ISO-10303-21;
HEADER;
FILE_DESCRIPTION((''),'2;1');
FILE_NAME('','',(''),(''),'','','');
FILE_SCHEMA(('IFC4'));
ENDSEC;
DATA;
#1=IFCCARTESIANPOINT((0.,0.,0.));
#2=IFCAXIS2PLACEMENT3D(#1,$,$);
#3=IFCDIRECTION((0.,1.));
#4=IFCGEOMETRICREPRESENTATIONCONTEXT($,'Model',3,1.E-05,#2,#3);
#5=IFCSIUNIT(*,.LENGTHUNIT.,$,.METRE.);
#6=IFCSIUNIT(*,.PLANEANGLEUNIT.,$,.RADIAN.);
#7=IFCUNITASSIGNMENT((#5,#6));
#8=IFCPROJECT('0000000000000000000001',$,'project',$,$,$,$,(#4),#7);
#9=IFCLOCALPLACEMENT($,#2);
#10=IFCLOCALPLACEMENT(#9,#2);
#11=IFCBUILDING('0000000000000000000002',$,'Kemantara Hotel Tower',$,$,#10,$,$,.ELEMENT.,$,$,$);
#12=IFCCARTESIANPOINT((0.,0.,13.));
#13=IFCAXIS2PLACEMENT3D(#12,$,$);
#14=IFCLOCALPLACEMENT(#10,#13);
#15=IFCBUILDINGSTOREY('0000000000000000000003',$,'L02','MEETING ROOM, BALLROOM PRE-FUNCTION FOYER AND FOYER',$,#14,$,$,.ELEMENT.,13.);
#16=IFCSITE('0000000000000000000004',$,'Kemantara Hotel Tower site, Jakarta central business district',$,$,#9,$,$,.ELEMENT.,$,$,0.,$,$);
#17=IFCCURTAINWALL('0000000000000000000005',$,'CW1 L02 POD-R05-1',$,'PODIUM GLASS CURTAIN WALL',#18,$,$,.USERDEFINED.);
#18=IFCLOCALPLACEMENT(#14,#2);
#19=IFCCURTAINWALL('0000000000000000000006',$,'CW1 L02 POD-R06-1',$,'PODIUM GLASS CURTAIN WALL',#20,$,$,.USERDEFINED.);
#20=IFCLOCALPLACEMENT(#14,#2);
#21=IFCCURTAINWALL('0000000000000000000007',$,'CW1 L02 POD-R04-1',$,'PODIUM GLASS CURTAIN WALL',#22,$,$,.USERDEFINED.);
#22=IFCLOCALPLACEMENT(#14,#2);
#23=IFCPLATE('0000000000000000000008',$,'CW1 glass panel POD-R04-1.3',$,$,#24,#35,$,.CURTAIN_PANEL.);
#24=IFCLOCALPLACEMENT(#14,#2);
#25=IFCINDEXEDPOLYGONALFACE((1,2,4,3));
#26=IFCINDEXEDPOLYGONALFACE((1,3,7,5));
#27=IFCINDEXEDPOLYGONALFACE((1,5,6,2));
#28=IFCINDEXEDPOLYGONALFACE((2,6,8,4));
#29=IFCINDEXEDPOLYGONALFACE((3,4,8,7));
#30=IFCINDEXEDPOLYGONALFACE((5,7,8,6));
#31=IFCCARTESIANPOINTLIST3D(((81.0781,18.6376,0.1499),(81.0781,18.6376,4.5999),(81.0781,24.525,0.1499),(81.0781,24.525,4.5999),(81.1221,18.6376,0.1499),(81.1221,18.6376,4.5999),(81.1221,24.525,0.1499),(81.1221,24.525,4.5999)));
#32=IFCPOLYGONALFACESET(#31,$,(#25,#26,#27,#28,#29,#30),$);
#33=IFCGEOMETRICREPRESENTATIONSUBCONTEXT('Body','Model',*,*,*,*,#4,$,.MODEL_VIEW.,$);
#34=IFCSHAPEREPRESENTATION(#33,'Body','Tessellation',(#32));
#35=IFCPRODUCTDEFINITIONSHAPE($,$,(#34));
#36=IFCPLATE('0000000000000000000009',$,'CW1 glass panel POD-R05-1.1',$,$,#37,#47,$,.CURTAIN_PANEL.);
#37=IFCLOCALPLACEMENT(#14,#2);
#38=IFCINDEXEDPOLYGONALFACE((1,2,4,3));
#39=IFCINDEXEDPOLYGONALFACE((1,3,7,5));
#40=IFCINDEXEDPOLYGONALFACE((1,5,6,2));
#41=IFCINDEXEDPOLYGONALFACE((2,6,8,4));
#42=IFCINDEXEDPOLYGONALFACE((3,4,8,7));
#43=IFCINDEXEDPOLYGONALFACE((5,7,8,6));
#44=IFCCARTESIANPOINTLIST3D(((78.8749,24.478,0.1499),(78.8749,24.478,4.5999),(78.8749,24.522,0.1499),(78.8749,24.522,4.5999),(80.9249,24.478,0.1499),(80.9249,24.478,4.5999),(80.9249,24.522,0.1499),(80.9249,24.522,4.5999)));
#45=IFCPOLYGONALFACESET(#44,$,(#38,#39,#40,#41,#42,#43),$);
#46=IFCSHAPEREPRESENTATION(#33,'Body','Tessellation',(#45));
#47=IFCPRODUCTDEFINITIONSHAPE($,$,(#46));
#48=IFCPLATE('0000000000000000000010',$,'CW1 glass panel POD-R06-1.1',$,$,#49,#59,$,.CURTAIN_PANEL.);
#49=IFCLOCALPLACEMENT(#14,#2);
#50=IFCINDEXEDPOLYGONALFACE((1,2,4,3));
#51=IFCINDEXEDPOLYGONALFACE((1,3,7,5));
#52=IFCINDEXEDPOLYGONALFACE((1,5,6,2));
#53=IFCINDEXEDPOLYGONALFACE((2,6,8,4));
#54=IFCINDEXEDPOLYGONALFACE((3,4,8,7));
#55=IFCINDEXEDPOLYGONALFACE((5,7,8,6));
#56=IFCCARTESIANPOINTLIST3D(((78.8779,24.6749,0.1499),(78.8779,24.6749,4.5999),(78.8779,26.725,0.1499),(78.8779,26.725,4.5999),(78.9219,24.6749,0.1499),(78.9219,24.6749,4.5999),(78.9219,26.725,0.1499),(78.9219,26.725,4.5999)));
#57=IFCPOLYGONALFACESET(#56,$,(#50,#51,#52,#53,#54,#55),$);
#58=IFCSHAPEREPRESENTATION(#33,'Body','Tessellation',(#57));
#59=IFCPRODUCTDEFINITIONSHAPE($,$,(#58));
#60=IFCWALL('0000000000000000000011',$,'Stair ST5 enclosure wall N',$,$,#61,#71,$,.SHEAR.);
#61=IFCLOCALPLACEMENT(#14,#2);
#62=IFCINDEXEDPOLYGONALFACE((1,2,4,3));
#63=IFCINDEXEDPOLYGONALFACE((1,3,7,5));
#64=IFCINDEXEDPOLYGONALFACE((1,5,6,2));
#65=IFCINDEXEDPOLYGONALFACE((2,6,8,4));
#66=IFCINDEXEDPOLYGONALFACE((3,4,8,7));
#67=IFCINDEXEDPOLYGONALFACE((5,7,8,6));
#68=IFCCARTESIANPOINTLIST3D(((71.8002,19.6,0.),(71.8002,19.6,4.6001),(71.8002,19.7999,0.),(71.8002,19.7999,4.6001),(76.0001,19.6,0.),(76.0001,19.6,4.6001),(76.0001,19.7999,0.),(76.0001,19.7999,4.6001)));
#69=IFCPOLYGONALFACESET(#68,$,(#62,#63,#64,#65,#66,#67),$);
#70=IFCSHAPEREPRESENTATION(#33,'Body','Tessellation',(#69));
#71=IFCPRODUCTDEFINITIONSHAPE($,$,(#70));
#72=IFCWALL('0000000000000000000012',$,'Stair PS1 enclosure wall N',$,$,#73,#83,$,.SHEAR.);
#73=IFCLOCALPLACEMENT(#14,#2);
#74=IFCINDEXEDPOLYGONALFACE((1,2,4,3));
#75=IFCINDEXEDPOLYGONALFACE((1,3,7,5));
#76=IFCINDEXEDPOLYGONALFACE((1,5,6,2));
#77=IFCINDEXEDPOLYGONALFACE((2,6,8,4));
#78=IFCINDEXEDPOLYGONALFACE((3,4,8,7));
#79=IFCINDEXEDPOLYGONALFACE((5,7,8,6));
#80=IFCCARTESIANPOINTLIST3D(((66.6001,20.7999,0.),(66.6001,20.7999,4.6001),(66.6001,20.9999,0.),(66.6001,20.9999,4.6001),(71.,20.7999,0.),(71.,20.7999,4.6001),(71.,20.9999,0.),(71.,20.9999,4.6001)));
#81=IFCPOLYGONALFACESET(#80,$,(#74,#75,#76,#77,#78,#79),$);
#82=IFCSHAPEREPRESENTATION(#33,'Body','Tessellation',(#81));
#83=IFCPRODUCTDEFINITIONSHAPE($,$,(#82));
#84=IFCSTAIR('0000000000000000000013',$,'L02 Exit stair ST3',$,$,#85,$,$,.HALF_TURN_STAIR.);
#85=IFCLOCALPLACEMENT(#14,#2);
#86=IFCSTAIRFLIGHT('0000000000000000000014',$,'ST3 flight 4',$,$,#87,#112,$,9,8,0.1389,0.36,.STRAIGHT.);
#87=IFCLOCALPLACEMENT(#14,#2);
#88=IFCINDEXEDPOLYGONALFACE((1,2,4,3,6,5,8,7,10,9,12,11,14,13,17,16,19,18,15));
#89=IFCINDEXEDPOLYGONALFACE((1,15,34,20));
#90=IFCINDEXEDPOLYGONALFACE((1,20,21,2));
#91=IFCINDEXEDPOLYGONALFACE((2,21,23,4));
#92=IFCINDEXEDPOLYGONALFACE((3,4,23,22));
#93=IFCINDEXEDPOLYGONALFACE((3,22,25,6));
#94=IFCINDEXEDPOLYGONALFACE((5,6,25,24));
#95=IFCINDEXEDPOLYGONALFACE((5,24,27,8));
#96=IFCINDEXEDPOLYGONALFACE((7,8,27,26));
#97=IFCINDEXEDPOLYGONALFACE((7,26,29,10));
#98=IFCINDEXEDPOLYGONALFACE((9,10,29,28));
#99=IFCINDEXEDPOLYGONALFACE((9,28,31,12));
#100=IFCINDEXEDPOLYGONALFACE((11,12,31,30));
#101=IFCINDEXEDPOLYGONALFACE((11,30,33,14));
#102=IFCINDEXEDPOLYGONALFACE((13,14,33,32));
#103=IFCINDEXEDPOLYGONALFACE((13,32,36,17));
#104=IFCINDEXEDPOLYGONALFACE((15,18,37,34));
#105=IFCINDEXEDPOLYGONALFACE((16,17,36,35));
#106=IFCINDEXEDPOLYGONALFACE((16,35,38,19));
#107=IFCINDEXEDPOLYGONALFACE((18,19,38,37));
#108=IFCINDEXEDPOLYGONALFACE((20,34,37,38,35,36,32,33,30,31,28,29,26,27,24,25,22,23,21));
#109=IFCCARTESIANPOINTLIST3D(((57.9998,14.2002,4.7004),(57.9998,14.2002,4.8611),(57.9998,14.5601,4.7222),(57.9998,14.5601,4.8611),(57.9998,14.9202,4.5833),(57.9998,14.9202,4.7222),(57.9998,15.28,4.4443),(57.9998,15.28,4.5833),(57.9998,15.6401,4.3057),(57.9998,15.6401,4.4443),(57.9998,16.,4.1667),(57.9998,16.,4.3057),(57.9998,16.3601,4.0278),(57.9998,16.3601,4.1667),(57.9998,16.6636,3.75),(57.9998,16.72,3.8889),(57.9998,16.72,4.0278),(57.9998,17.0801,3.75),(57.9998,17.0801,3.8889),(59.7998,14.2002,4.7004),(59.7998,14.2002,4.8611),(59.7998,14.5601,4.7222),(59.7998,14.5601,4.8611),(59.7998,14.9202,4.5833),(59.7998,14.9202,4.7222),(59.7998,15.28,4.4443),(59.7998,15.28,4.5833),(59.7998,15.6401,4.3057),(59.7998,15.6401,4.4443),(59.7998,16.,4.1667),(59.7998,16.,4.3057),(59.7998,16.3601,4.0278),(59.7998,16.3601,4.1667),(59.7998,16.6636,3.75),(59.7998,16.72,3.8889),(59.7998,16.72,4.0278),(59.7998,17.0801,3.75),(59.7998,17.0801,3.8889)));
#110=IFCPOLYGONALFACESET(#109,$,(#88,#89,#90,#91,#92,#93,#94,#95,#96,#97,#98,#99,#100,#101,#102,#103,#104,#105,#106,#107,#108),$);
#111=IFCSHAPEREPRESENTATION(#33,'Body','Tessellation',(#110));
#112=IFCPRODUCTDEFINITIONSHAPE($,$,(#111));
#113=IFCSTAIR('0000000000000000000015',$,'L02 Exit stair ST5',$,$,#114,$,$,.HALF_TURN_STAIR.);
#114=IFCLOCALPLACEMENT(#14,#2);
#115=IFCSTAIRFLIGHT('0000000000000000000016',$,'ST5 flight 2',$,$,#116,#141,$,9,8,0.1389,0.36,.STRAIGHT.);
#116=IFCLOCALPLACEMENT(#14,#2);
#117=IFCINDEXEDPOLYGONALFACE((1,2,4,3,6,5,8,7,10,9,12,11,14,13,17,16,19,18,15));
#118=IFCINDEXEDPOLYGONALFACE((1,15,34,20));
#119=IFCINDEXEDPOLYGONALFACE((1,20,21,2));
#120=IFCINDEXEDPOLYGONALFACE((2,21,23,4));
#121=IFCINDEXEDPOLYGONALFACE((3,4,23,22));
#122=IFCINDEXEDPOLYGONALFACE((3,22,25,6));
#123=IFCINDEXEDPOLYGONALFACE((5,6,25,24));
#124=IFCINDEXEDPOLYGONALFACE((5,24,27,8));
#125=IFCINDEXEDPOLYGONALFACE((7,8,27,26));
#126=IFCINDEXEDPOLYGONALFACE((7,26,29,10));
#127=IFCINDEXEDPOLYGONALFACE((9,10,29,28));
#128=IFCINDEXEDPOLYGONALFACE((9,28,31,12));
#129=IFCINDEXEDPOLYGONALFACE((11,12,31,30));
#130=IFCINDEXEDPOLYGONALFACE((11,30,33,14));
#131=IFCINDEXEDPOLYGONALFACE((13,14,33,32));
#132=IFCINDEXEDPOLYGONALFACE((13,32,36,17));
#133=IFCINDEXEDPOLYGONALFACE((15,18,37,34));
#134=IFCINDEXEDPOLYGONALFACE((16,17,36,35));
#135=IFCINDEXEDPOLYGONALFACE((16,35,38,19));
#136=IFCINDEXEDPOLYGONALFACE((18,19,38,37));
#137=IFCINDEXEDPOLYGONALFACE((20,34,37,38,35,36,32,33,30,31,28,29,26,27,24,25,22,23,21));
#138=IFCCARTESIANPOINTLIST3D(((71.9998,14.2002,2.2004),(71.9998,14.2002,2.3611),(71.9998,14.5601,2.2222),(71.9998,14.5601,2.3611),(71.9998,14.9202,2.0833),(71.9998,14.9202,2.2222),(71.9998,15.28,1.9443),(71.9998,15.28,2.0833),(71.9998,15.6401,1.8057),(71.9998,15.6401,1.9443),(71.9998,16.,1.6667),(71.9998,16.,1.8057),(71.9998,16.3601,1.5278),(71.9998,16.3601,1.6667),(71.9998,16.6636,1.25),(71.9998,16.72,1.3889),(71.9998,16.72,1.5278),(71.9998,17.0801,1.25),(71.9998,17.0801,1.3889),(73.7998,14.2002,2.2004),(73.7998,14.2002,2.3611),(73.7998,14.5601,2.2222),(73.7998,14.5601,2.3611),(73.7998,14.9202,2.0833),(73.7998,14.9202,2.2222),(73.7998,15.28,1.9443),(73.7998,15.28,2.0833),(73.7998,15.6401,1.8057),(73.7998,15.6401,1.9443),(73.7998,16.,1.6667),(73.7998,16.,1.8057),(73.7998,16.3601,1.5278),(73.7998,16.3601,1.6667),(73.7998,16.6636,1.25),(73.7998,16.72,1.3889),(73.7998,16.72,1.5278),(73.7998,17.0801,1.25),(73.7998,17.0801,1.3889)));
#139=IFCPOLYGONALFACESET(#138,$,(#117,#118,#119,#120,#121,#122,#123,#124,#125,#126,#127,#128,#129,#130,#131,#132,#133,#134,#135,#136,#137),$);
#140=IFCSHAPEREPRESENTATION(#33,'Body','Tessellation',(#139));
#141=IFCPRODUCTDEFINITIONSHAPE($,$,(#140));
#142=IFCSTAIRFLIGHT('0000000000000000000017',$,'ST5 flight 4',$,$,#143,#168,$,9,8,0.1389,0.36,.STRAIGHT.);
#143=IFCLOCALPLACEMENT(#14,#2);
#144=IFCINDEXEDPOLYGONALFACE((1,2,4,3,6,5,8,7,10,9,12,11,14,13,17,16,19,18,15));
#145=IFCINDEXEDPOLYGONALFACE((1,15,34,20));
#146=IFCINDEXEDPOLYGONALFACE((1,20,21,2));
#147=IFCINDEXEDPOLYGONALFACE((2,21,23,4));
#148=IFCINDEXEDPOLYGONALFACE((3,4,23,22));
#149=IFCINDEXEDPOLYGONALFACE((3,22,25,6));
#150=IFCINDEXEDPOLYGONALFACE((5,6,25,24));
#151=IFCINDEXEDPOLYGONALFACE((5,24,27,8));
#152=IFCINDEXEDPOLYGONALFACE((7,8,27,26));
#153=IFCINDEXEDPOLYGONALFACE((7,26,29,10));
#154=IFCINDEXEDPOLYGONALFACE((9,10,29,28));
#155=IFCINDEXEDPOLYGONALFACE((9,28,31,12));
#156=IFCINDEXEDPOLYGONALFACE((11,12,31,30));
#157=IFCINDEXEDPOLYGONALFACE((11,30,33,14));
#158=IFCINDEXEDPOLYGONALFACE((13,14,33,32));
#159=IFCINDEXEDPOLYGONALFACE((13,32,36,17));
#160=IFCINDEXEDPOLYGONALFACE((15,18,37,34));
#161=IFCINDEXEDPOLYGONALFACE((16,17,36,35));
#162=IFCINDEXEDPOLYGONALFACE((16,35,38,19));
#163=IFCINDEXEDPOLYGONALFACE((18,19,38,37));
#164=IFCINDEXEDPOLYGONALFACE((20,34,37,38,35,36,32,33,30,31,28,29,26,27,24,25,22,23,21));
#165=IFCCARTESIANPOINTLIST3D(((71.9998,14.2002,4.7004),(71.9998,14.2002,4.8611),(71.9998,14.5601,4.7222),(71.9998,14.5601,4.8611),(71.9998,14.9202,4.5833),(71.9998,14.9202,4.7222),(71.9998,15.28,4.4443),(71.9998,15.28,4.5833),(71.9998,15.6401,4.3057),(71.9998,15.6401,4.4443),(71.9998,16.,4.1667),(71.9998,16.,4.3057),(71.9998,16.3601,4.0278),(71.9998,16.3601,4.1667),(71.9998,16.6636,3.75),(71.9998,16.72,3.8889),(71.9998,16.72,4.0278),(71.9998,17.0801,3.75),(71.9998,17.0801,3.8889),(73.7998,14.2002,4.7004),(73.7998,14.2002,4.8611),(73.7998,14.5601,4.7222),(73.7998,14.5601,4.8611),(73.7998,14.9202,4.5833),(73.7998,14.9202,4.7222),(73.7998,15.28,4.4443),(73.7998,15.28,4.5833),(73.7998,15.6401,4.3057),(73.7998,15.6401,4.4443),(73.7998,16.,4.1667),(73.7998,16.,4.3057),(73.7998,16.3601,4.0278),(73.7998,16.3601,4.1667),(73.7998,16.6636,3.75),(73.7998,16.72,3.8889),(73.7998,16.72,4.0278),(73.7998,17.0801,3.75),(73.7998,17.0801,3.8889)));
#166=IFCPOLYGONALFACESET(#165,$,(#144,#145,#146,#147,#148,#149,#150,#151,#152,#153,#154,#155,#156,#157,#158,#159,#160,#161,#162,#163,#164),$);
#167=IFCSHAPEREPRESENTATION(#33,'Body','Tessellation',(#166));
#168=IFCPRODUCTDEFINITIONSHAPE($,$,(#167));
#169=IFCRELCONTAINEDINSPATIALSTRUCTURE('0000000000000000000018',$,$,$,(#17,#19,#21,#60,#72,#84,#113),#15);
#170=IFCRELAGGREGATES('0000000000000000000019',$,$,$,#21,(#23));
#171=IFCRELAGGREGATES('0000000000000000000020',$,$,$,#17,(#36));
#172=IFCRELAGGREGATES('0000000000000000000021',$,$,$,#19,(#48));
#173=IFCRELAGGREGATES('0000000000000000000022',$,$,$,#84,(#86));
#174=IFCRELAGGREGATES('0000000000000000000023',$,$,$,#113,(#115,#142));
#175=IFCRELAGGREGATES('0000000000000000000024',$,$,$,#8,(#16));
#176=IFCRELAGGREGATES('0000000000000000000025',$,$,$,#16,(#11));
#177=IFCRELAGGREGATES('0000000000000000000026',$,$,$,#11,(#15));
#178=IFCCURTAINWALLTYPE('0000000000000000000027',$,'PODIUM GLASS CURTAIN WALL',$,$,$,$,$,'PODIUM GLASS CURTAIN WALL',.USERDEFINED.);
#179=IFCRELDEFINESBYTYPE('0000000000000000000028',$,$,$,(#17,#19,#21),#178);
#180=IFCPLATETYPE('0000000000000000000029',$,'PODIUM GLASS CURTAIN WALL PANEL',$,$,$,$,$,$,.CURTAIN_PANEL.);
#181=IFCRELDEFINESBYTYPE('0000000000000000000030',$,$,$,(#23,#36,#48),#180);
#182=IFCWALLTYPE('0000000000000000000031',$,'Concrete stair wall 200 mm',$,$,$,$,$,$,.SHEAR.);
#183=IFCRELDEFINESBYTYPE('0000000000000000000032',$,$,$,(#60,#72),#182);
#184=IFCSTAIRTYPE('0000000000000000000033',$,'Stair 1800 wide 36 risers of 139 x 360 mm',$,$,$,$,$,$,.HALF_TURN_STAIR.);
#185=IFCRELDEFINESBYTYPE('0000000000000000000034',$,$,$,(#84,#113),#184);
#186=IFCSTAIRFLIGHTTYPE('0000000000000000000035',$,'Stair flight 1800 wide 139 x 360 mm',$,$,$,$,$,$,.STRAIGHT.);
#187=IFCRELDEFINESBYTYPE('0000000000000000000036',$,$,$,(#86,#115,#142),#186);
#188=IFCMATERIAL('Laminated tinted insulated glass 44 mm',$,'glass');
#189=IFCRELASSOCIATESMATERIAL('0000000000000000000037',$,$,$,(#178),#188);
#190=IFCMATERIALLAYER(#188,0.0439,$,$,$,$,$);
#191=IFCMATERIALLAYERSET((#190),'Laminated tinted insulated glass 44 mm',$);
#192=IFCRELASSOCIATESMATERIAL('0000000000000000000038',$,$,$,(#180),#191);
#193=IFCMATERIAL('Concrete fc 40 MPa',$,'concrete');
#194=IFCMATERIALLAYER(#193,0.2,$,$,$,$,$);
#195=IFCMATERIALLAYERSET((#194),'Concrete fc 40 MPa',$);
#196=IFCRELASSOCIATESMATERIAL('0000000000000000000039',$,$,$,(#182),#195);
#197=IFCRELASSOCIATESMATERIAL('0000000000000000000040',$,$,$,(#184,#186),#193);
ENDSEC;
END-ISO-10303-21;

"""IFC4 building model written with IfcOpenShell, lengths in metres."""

from ifc_helpers import new_model, si_unit, direction, frame, frame_2d, origin, origin_2d, place, context, subcontext, project, spatial, polyline, rectangle, outline, extrude, source, transform, mapped, material, layer, layer_set, type_object, element, aggregate, save


model = new_model("IFC4")

# Units and contexts
model_context = context("Model", 3, precision=1e-05, world=origin(), true_north=direction((0.0, 1.0)))
body_context = subcontext(model_context, "Body", "Model", "MODEL_VIEW")
ifc_project = project(units=[si_unit("LENGTHUNIT", "METRE"), si_unit("PLANEANGLEUNIT", "RADIAN")], contexts=[model_context])

# Site, building, storey
site_placement = place(None, origin())
site = spatial("IfcSite", under=ifc_project, at=site_placement, Name="Kemantara Hotel Tower site, Jakarta central business district", CompositionType="ELEMENT", RefElevation=0.0)
building_placement = place(site_placement, origin())
building = spatial("IfcBuilding", under=site, at=building_placement, Name="Kemantara Hotel Tower", CompositionType="ELEMENT")
storey_placement = place(building_placement, frame((0.0, 0.0, 13.0)))
storey = spatial("IfcBuildingStorey", under=building, at=storey_placement, Name="L02", Description="MEETING ROOM, BALLROOM PRE-FUNCTION FOYER AND FOYER", CompositionType="ELEMENT", Elevation=13.0)

# Curtain walls
ifc_material_1 = material(Name="Laminated tinted insulated glass 44 mm", Category="glass")
curtain_wall_type = type_object("IfcCurtainWallType", Name="PODIUM GLASS CURTAIN WALL", ElementType="PODIUM GLASS CURTAIN WALL", PredefinedType="USERDEFINED", material=ifc_material_1)
curtain_wall_1_placement = place(storey_placement, origin())
curtain_wall_1 = element("IfcCurtainWall", 1, at=curtain_wall_1_placement, inside=storey, type_object=curtain_wall_type, Name="CW1 L02 POD-R05-1", ObjectType="PODIUM GLASS CURTAIN WALL", PredefinedType="USERDEFINED")
curtain_wall_2_placement = place(storey_placement, origin())
curtain_wall_2 = element("IfcCurtainWall", 2, at=curtain_wall_2_placement, inside=storey, type_object=curtain_wall_type, Name="CW1 L02 POD-R06-1", ObjectType="PODIUM GLASS CURTAIN WALL", PredefinedType="USERDEFINED")

# Curtain wall
curtain_wall_3_placement = place(storey_placement, origin())
curtain_wall_3 = element("IfcCurtainWall", 3, at=curtain_wall_3_placement, inside=storey, type_object=curtain_wall_type, Name="CW1 L02 POD-R04-1", ObjectType="PODIUM GLASS CURTAIN WALL", PredefinedType="USERDEFINED")

# Plates
ifc_layer_1 = layer(ifc_material_1, 0.0439)
ifc_layer_set_1 = layer_set([ifc_layer_1], Name="Laminated tinted insulated glass 44 mm")
plate_type = type_object("IfcPlateType", Name="PODIUM GLASS CURTAIN WALL PANEL", PredefinedType="CURTAIN_PANEL", material=ifc_layer_set_1)
shared_shape_1 = source(origin(), body_context, "Body", "SweptSolid", [
    extrude(rectangle(XDim=5.8875, YDim=0.0439, at=origin_2d()), origin(), (0.0, 0.0, 1.0), 4.45),
])
plate_1_placement = place(storey_placement, frame((81.1001, 21.5813, 0.1499), z_axis=(0.0, 0.0, 1.0), x_axis=(0.0, 1.0, 0.0)))
plate_1 = element("IfcPlate", 4, at=plate_1_placement, type_object=plate_type, Name="CW1 glass panel POD-R04-1.3", PredefinedType="CURTAIN_PANEL", context=body_context, shape_type="MappedRepresentation", body=[
    mapped(shared_shape_1, transform((0.0, 0.0, 0.0))),
])
aggregate(curtain_wall_3, [plate_1])
shared_shape_2 = source(origin(), body_context, "Body", "SweptSolid", [
    extrude(rectangle(XDim=2.05, YDim=0.0439, at=origin_2d()), origin(), (0.0, 0.0, 1.0), 4.45),
])
plate_2_placement = place(storey_placement, frame((79.8999, 24.5, 0.1499), z_axis=(0.0, 0.0, 1.0), x_axis=(-1.0, 0.0, 0.0)))
plate_2 = element("IfcPlate", 5, at=plate_2_placement, type_object=plate_type, Name="CW1 glass panel POD-R05-1.1", PredefinedType="CURTAIN_PANEL", context=body_context, shape_type="MappedRepresentation", body=[
    mapped(shared_shape_2, transform((0.0, 0.0, 0.0))),
])
aggregate(curtain_wall_1, [plate_2])
plate_3_placement = place(storey_placement, frame((78.8999, 25.7, 0.1499), z_axis=(0.0, 0.0, 1.0), x_axis=(0.0, 1.0, 0.0)))
plate_3 = element("IfcPlate", 6, at=plate_3_placement, type_object=plate_type, Name="CW1 glass panel POD-R06-1.1", PredefinedType="CURTAIN_PANEL", context=body_context, shape_type="MappedRepresentation", body=[
    mapped(shared_shape_2, transform((0.0, 0.0, 0.0))),
])
aggregate(curtain_wall_2, [plate_3])

# Walls
ifc_material_2 = material(Name="Concrete fc 40 MPa", Category="concrete")
ifc_layer_2 = layer(ifc_material_2, 0.2)
ifc_layer_set_2 = layer_set([ifc_layer_2], Name="Concrete fc 40 MPa")
wall_type = type_object("IfcWallType", Name="Concrete stair wall 200 mm", PredefinedType="SHEAR", material=ifc_layer_set_2)
wall_1_placement = place(storey_placement, frame((71.8, 19.7, 0.0), z_axis=(0.0, 0.0, 1.0), x_axis=(1.0, 0.0, 0.0)))
element("IfcWall", 7, at=wall_1_placement, inside=storey, type_object=wall_type, Name="Stair ST5 enclosure wall N", PredefinedType="SHEAR", context=body_context, shape_type="SweptSolid", body=[
    extrude(rectangle(XDim=4.2, YDim=0.2, at=frame_2d((2.1001, 0.0))), origin(), (0.0, 0.0, 1.0), 4.6001),
])
wall_2_placement = place(storey_placement, frame((66.6001, 20.8999, 0.0), z_axis=(0.0, 0.0, 1.0), x_axis=(1.0, 0.0, 0.0)))
element("IfcWall", 8, at=wall_2_placement, inside=storey, type_object=wall_type, Name="Stair PS1 enclosure wall N", PredefinedType="SHEAR", context=body_context, shape_type="SweptSolid", body=[
    extrude(rectangle(XDim=4.3999, YDim=0.2, at=frame_2d((2.2, 0.0))), origin(), (0.0, 0.0, 1.0), 4.6001),
])

# Stair, stair flight
stair_type = type_object("IfcStairType", Name="Stair 1800 wide 36 risers of 139 x 360 mm", PredefinedType="HALF_TURN_STAIR", material=ifc_material_2)
stair_1_placement = place(storey_placement, origin())
stair_1 = element("IfcStair", 9, at=stair_1_placement, inside=storey, type_object=stair_type, Name="L02 Exit stair ST3", PredefinedType="HALF_TURN_STAIR")
stair_flight_type = type_object("IfcStairFlightType", Name="Stair flight 1800 wide 139 x 360 mm", PredefinedType="STRAIGHT", material=ifc_material_2)
stair_flight_1_placement = place(storey_placement, frame((58.8999, 17.0801, 3.75), z_axis=(0.0, 0.0, 1.0), x_axis=(0.0, -1.0, 0.0)))
stair_flight_1 = element("IfcStairFlight", 10, at=stair_flight_1_placement, type_object=stair_flight_type, Name="ST3 flight 4", NumberOfRisers=9, NumberOfTreads=8, PredefinedType="STRAIGHT", RiserHeight=0.1389, TreadLength=0.36, context=body_context, shape_type="SweptSolid", body=[
    extrude(outline(polyline([(0.0, 0.0), (0.0, 0.1389), (0.3601, 0.1389), (0.3601, 0.2778), (0.72, 0.2778), (0.72, 0.4167), (1.0801, 0.4167), (1.0801, 0.5557), (1.4399, 0.5557), (1.4399, 0.6943), (1.8, 0.6943), (1.8, 0.8333), (2.1599, 0.8333), (2.1599, 0.9722), (2.52, 0.9722), (2.52, 1.1111), (2.8799, 1.1111), (2.8799, 1.25), (2.8799, 0.9504), (0.4165, 0.0), (0.0, 0.0)])), frame((0.0, 0.8999, 0.0), z_axis=(0.0, -1.0, 0.0), x_axis=(1.0, 0.0, 0.0)), (0.0, 0.0, 1.0), 1.8),
])
aggregate(stair_1, [stair_flight_1])

# Stair, stair flights
stair_2_placement = place(storey_placement, origin())
stair_2 = element("IfcStair", 11, at=stair_2_placement, inside=storey, type_object=stair_type, Name="L02 Exit stair ST5", PredefinedType="HALF_TURN_STAIR")
stair_flight_2_placement = place(storey_placement, frame((72.8999, 17.0801, 1.25), z_axis=(0.0, 0.0, 1.0), x_axis=(0.0, -1.0, 0.0)))
stair_flight_2 = element("IfcStairFlight", 12, at=stair_flight_2_placement, type_object=stair_flight_type, Name="ST5 flight 2", NumberOfRisers=9, NumberOfTreads=8, PredefinedType="STRAIGHT", RiserHeight=0.1389, TreadLength=0.36, context=body_context, shape_type="SweptSolid", body=[
    extrude(outline(polyline([(0.0, 0.0), (0.0, 0.1389), (0.3601, 0.1389), (0.3601, 0.2778), (0.72, 0.2778), (0.72, 0.4167), (1.0801, 0.4167), (1.0801, 0.5557), (1.4399, 0.5557), (1.4399, 0.6943), (1.8, 0.6943), (1.8, 0.8333), (2.1599, 0.8333), (2.1599, 0.9722), (2.52, 0.9722), (2.52, 1.1111), (2.8799, 1.1111), (2.8799, 1.25), (2.8799, 0.9504), (0.4165, 0.0), (0.0, 0.0)])), frame((0.0, 0.8999, 0.0), z_axis=(0.0, -1.0, 0.0), x_axis=(1.0, 0.0, 0.0)), (0.0, 0.0, 1.0), 1.8),
])
stair_flight_3_placement = place(storey_placement, frame((72.8999, 17.0801, 3.75), z_axis=(0.0, 0.0, 1.0), x_axis=(0.0, -1.0, 0.0)))
stair_flight_3 = element("IfcStairFlight", 13, at=stair_flight_3_placement, type_object=stair_flight_type, Name="ST5 flight 4", NumberOfRisers=9, NumberOfTreads=8, PredefinedType="STRAIGHT", RiserHeight=0.1389, TreadLength=0.36, context=body_context, shape_type="SweptSolid", body=[
    extrude(outline(polyline([(0.0, 0.0), (0.0, 0.1389), (0.3601, 0.1389), (0.3601, 0.2778), (0.72, 0.2778), (0.72, 0.4167), (1.0801, 0.4167), (1.0801, 0.5557), (1.4399, 0.5557), (1.4399, 0.6943), (1.8, 0.6943), (1.8, 0.8333), (2.1599, 0.8333), (2.1599, 0.9722), (2.52, 0.9722), (2.52, 1.1111), (2.8799, 1.1111), (2.8799, 1.25), (2.8799, 0.9504), (0.4165, 0.0), (0.0, 0.0)])), frame((0.0, 0.8999, 0.0), z_axis=(0.0, -1.0, 0.0), x_axis=(1.0, 0.0, 0.0)), (0.0, 0.0, 1.0), 1.8),
])
aggregate(stair_2, [stair_flight_2, stair_flight_3])

save(model, "model.ifc")
